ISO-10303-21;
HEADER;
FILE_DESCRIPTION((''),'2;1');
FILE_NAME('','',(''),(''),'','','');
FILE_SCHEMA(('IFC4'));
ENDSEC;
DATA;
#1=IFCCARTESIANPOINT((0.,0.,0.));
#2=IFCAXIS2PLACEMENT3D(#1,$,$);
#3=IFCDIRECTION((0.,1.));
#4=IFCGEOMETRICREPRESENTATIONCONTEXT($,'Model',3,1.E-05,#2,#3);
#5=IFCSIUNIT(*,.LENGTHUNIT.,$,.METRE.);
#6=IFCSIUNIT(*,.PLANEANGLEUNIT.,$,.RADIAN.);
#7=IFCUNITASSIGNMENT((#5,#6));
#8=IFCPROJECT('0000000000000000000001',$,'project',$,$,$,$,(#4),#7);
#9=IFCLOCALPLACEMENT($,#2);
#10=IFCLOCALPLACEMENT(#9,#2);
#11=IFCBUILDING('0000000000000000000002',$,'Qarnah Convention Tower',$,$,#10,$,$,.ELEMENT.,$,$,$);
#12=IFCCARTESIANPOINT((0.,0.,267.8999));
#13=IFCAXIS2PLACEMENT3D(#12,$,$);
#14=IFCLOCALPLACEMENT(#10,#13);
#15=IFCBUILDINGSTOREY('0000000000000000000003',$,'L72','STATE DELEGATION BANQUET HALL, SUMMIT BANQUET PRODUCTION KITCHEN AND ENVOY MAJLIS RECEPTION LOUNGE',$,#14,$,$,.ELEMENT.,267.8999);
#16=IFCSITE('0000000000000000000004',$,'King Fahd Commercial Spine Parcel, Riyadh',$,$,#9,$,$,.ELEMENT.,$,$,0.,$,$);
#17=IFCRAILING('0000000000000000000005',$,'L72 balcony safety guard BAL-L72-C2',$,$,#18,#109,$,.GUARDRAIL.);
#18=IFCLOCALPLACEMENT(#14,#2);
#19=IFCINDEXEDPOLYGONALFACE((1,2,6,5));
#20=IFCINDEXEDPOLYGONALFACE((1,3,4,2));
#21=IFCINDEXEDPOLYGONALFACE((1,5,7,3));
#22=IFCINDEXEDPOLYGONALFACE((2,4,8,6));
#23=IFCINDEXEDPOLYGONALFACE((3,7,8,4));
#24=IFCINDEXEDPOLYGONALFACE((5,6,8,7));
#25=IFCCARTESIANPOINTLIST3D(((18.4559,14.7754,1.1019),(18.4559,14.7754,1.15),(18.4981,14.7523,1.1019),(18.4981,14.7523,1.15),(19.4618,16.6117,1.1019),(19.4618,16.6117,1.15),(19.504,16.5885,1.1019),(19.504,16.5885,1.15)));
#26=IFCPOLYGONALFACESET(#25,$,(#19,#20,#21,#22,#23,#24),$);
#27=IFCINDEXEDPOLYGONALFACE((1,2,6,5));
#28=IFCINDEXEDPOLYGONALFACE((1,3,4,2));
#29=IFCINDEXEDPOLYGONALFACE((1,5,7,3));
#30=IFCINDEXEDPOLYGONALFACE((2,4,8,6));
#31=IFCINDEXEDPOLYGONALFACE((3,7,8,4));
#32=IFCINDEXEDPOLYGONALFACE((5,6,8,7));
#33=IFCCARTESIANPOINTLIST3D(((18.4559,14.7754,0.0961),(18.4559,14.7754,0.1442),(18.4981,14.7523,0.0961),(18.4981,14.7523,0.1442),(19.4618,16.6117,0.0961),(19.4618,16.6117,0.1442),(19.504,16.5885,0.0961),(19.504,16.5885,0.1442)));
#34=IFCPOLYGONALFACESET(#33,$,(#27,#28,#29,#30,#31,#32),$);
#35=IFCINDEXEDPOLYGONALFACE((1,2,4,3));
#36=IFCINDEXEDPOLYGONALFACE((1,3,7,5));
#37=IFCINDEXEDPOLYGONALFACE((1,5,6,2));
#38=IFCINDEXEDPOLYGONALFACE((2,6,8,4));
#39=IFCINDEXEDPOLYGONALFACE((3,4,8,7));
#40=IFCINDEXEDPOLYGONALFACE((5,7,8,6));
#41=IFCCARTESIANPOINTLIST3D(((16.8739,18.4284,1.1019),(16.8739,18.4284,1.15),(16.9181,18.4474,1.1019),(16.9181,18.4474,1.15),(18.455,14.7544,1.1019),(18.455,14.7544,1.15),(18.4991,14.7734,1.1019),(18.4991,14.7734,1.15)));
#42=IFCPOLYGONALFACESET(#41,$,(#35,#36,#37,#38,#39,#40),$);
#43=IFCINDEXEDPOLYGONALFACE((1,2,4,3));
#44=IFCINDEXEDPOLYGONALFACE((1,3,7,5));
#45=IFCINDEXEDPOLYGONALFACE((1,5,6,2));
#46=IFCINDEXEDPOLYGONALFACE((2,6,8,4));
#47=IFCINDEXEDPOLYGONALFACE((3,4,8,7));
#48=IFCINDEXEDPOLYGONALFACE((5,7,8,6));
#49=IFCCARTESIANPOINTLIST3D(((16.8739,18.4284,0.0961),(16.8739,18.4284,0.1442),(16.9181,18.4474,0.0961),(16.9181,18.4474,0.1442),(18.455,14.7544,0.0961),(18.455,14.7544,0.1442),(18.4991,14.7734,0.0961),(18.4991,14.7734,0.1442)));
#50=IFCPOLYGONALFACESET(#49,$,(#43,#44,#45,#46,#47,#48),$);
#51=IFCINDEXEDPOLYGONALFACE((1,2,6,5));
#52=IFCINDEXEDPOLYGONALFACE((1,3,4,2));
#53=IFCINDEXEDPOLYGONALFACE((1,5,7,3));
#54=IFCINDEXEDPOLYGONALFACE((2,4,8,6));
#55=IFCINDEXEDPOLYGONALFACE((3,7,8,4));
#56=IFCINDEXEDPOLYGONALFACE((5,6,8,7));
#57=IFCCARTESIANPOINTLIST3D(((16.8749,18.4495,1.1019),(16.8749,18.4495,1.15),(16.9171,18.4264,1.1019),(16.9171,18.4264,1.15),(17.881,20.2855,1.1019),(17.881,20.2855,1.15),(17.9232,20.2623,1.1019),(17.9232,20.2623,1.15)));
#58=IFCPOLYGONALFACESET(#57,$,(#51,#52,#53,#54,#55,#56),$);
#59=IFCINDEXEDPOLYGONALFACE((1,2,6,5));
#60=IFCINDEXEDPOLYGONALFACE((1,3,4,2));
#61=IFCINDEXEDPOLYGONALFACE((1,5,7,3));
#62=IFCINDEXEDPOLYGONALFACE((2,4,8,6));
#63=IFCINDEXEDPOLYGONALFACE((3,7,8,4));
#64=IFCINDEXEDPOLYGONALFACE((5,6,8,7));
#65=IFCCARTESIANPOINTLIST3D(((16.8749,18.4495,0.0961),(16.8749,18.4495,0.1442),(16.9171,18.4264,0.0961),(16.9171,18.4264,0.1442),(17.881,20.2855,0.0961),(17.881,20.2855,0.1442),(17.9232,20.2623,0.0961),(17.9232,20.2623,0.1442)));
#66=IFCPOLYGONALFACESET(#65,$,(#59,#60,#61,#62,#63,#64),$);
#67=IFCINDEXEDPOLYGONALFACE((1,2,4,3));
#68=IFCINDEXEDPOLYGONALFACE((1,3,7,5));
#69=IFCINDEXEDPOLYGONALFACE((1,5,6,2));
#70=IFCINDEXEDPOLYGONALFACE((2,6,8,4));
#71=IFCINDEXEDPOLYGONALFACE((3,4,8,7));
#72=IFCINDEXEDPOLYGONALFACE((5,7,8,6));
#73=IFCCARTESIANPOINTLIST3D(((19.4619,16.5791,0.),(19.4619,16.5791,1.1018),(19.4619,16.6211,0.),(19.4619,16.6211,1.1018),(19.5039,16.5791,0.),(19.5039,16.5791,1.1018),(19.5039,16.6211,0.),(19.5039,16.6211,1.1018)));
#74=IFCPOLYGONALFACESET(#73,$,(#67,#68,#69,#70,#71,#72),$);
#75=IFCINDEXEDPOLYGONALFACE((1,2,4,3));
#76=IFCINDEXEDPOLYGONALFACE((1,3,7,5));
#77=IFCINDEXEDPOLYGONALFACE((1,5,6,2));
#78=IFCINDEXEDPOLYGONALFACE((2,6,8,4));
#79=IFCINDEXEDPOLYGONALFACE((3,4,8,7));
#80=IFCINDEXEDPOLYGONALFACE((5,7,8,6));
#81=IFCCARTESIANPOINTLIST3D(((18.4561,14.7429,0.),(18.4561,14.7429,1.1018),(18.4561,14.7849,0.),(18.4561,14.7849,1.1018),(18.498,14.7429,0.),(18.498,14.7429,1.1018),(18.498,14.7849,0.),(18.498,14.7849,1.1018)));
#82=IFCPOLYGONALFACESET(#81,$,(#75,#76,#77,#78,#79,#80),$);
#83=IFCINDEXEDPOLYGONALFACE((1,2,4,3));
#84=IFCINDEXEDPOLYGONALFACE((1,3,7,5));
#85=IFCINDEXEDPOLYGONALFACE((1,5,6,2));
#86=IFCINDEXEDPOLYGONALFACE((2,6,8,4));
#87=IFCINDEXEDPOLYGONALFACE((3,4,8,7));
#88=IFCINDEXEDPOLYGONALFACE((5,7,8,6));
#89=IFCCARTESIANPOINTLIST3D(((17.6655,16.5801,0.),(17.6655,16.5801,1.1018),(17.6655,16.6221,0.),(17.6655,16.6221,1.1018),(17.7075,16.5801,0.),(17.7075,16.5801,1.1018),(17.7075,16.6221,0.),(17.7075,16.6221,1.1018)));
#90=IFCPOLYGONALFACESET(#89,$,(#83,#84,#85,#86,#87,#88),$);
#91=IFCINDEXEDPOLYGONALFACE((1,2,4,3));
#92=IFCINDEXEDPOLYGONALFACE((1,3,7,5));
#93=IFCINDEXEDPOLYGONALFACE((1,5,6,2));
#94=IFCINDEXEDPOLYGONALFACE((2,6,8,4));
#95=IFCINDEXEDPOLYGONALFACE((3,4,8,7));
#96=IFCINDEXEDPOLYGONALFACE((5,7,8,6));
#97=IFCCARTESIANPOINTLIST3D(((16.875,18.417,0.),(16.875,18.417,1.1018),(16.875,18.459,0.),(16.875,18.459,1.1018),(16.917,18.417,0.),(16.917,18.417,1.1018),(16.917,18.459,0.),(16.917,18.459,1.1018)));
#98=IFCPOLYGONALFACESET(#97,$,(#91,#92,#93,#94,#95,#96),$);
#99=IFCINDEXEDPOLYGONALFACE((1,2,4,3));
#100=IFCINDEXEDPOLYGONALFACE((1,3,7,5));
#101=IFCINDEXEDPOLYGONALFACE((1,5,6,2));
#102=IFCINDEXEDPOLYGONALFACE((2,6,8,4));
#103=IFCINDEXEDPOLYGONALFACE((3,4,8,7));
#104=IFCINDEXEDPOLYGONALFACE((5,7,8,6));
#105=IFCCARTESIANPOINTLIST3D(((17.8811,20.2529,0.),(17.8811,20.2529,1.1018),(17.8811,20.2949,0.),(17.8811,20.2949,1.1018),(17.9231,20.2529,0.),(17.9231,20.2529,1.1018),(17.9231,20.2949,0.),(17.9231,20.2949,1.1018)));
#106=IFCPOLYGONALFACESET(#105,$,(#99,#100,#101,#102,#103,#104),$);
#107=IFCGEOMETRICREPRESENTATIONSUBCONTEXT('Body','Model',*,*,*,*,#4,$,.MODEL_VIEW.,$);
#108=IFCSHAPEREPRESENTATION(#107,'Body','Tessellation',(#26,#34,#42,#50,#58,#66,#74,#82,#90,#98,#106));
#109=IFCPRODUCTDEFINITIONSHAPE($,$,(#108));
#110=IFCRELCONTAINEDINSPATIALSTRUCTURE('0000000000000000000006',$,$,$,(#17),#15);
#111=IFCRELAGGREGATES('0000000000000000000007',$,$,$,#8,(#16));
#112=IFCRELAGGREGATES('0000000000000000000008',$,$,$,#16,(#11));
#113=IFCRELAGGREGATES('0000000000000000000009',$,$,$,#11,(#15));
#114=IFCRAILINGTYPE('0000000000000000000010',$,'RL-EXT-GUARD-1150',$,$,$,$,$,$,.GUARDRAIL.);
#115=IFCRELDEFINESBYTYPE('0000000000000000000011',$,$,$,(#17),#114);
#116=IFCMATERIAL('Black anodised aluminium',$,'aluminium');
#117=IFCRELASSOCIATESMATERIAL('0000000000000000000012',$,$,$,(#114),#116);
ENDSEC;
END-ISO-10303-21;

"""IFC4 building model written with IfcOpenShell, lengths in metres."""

from ifc_helpers import new_model, si_unit, direction, frame, origin, origin_2d, place, context, subcontext, project, spatial, rectangle, extrude, material, type_object, element, save


model = new_model("IFC4")

# Units and contexts
model_context = context("Model", 3, precision=1e-05, world=origin(), true_north=direction((0.0, 1.0)))
body_context = subcontext(model_context, "Body", "Model", "MODEL_VIEW")
ifc_project = project(units=[si_unit("LENGTHUNIT", "METRE"), si_unit("PLANEANGLEUNIT", "RADIAN")], contexts=[model_context])

# Site, building, storey
site_placement = place(None, origin())
site = spatial("IfcSite", under=ifc_project, at=site_placement, Name="King Fahd Commercial Spine Parcel, Riyadh", CompositionType="ELEMENT", RefElevation=0.0)
building_placement = place(site_placement, origin())
building = spatial("IfcBuilding", under=site, at=building_placement, Name="Qarnah Convention Tower", CompositionType="ELEMENT")
storey_placement = place(building_placement, frame((0.0, 0.0, 267.8999)))
storey = spatial("IfcBuildingStorey", under=building, at=storey_placement, Name="L72", Description="STATE DELEGATION BANQUET HALL, SUMMIT BANQUET PRODUCTION KITCHEN AND ENVOY MAJLIS RECEPTION LOUNGE", CompositionType="ELEMENT", Elevation=267.8999)

# Shared definitions
ifc_material_1 = material(Name="Black anodised aluminium", Category="aluminium")

# Railing
railing_type = type_object("IfcRailingType", Name="RL-EXT-GUARD-1150", PredefinedType="GUARDRAIL", material=ifc_material_1)
railing_1_placement = place(storey_placement, frame((19.4829, 16.6001, 0.0)))
element("IfcRailing", 1, at=railing_1_placement, inside=storey, type_object=railing_type, Name="L72 balcony safety guard BAL-L72-C2", PredefinedType="GUARDRAIL", context=body_context, shape_type="SweptSolid", body=[
    extrude(rectangle(XDim=0.0481, YDim=0.0481, at=origin_2d()), frame((0.0, 0.0, 1.126), z_axis=(-0.480436, -0.87703, 0.0), x_axis=(0.87703, -0.480436, 0.0)), (0.0, 0.0, 1.0), 2.0938),
    extrude(rectangle(XDim=0.0481, YDim=0.0481, at=origin_2d()), frame((0.0, 0.0, 0.1201), z_axis=(-0.480436, -0.87703, 0.0), x_axis=(0.87703, -0.480436, 0.0)), (0.0, 0.0, 1.0), 2.0938),
    extrude(rectangle(XDim=0.0481, YDim=0.0481, at=origin_2d()), frame((-1.0059, -1.8362, 1.126), z_axis=(-0.395282, 0.91856, 0.0), x_axis=(-0.91856, -0.395282, 0.0)), (0.0, 0.0, 1.0), 3.9998),
    extrude(rectangle(XDim=0.0481, YDim=0.0481, at=origin_2d()), frame((-1.0059, -1.8362, 0.1201), z_axis=(-0.395282, 0.91856, 0.0), x_axis=(-0.91856, -0.395282, 0.0)), (0.0, 0.0, 1.0), 3.9998),
    extrude(rectangle(XDim=0.0481, YDim=0.0481, at=origin_2d()), frame((-2.5869, 1.8379, 1.126), z_axis=(0.480575, 0.876954, 0.0), x_axis=(-0.876954, 0.480575, 0.0)), (0.0, 0.0, 1.0), 2.0935),
    extrude(rectangle(XDim=0.0481, YDim=0.0481, at=origin_2d()), frame((-2.5869, 1.8379, 0.1201), z_axis=(0.480575, 0.876954, 0.0), x_axis=(-0.876954, 0.480575, 0.0)), (0.0, 0.0, 1.0), 2.0935),
    extrude(rectangle(XDim=0.042, YDim=0.042, at=origin_2d()), origin(), (0.0, 0.0, 1.0), 1.1018),
    extrude(rectangle(XDim=0.042, YDim=0.042, at=origin_2d()), frame((-1.0059, -1.8362, 0.0)), (0.0, 0.0, 1.0), 1.1018),
    extrude(rectangle(XDim=0.042, YDim=0.042, at=origin_2d()), frame((-1.7964, 0.001, 0.0)), (0.0, 0.0, 1.0), 1.1018),
    extrude(rectangle(XDim=0.042, YDim=0.042, at=origin_2d()), frame((-2.5869, 1.8379, 0.0)), (0.0, 0.0, 1.0), 1.1018),
    extrude(rectangle(XDim=0.042, YDim=0.042, at=origin_2d()), frame((-1.5808, 3.6738, 0.0)), (0.0, 0.0, 1.0), 1.1018),
])

save(model, "model.ifc")
